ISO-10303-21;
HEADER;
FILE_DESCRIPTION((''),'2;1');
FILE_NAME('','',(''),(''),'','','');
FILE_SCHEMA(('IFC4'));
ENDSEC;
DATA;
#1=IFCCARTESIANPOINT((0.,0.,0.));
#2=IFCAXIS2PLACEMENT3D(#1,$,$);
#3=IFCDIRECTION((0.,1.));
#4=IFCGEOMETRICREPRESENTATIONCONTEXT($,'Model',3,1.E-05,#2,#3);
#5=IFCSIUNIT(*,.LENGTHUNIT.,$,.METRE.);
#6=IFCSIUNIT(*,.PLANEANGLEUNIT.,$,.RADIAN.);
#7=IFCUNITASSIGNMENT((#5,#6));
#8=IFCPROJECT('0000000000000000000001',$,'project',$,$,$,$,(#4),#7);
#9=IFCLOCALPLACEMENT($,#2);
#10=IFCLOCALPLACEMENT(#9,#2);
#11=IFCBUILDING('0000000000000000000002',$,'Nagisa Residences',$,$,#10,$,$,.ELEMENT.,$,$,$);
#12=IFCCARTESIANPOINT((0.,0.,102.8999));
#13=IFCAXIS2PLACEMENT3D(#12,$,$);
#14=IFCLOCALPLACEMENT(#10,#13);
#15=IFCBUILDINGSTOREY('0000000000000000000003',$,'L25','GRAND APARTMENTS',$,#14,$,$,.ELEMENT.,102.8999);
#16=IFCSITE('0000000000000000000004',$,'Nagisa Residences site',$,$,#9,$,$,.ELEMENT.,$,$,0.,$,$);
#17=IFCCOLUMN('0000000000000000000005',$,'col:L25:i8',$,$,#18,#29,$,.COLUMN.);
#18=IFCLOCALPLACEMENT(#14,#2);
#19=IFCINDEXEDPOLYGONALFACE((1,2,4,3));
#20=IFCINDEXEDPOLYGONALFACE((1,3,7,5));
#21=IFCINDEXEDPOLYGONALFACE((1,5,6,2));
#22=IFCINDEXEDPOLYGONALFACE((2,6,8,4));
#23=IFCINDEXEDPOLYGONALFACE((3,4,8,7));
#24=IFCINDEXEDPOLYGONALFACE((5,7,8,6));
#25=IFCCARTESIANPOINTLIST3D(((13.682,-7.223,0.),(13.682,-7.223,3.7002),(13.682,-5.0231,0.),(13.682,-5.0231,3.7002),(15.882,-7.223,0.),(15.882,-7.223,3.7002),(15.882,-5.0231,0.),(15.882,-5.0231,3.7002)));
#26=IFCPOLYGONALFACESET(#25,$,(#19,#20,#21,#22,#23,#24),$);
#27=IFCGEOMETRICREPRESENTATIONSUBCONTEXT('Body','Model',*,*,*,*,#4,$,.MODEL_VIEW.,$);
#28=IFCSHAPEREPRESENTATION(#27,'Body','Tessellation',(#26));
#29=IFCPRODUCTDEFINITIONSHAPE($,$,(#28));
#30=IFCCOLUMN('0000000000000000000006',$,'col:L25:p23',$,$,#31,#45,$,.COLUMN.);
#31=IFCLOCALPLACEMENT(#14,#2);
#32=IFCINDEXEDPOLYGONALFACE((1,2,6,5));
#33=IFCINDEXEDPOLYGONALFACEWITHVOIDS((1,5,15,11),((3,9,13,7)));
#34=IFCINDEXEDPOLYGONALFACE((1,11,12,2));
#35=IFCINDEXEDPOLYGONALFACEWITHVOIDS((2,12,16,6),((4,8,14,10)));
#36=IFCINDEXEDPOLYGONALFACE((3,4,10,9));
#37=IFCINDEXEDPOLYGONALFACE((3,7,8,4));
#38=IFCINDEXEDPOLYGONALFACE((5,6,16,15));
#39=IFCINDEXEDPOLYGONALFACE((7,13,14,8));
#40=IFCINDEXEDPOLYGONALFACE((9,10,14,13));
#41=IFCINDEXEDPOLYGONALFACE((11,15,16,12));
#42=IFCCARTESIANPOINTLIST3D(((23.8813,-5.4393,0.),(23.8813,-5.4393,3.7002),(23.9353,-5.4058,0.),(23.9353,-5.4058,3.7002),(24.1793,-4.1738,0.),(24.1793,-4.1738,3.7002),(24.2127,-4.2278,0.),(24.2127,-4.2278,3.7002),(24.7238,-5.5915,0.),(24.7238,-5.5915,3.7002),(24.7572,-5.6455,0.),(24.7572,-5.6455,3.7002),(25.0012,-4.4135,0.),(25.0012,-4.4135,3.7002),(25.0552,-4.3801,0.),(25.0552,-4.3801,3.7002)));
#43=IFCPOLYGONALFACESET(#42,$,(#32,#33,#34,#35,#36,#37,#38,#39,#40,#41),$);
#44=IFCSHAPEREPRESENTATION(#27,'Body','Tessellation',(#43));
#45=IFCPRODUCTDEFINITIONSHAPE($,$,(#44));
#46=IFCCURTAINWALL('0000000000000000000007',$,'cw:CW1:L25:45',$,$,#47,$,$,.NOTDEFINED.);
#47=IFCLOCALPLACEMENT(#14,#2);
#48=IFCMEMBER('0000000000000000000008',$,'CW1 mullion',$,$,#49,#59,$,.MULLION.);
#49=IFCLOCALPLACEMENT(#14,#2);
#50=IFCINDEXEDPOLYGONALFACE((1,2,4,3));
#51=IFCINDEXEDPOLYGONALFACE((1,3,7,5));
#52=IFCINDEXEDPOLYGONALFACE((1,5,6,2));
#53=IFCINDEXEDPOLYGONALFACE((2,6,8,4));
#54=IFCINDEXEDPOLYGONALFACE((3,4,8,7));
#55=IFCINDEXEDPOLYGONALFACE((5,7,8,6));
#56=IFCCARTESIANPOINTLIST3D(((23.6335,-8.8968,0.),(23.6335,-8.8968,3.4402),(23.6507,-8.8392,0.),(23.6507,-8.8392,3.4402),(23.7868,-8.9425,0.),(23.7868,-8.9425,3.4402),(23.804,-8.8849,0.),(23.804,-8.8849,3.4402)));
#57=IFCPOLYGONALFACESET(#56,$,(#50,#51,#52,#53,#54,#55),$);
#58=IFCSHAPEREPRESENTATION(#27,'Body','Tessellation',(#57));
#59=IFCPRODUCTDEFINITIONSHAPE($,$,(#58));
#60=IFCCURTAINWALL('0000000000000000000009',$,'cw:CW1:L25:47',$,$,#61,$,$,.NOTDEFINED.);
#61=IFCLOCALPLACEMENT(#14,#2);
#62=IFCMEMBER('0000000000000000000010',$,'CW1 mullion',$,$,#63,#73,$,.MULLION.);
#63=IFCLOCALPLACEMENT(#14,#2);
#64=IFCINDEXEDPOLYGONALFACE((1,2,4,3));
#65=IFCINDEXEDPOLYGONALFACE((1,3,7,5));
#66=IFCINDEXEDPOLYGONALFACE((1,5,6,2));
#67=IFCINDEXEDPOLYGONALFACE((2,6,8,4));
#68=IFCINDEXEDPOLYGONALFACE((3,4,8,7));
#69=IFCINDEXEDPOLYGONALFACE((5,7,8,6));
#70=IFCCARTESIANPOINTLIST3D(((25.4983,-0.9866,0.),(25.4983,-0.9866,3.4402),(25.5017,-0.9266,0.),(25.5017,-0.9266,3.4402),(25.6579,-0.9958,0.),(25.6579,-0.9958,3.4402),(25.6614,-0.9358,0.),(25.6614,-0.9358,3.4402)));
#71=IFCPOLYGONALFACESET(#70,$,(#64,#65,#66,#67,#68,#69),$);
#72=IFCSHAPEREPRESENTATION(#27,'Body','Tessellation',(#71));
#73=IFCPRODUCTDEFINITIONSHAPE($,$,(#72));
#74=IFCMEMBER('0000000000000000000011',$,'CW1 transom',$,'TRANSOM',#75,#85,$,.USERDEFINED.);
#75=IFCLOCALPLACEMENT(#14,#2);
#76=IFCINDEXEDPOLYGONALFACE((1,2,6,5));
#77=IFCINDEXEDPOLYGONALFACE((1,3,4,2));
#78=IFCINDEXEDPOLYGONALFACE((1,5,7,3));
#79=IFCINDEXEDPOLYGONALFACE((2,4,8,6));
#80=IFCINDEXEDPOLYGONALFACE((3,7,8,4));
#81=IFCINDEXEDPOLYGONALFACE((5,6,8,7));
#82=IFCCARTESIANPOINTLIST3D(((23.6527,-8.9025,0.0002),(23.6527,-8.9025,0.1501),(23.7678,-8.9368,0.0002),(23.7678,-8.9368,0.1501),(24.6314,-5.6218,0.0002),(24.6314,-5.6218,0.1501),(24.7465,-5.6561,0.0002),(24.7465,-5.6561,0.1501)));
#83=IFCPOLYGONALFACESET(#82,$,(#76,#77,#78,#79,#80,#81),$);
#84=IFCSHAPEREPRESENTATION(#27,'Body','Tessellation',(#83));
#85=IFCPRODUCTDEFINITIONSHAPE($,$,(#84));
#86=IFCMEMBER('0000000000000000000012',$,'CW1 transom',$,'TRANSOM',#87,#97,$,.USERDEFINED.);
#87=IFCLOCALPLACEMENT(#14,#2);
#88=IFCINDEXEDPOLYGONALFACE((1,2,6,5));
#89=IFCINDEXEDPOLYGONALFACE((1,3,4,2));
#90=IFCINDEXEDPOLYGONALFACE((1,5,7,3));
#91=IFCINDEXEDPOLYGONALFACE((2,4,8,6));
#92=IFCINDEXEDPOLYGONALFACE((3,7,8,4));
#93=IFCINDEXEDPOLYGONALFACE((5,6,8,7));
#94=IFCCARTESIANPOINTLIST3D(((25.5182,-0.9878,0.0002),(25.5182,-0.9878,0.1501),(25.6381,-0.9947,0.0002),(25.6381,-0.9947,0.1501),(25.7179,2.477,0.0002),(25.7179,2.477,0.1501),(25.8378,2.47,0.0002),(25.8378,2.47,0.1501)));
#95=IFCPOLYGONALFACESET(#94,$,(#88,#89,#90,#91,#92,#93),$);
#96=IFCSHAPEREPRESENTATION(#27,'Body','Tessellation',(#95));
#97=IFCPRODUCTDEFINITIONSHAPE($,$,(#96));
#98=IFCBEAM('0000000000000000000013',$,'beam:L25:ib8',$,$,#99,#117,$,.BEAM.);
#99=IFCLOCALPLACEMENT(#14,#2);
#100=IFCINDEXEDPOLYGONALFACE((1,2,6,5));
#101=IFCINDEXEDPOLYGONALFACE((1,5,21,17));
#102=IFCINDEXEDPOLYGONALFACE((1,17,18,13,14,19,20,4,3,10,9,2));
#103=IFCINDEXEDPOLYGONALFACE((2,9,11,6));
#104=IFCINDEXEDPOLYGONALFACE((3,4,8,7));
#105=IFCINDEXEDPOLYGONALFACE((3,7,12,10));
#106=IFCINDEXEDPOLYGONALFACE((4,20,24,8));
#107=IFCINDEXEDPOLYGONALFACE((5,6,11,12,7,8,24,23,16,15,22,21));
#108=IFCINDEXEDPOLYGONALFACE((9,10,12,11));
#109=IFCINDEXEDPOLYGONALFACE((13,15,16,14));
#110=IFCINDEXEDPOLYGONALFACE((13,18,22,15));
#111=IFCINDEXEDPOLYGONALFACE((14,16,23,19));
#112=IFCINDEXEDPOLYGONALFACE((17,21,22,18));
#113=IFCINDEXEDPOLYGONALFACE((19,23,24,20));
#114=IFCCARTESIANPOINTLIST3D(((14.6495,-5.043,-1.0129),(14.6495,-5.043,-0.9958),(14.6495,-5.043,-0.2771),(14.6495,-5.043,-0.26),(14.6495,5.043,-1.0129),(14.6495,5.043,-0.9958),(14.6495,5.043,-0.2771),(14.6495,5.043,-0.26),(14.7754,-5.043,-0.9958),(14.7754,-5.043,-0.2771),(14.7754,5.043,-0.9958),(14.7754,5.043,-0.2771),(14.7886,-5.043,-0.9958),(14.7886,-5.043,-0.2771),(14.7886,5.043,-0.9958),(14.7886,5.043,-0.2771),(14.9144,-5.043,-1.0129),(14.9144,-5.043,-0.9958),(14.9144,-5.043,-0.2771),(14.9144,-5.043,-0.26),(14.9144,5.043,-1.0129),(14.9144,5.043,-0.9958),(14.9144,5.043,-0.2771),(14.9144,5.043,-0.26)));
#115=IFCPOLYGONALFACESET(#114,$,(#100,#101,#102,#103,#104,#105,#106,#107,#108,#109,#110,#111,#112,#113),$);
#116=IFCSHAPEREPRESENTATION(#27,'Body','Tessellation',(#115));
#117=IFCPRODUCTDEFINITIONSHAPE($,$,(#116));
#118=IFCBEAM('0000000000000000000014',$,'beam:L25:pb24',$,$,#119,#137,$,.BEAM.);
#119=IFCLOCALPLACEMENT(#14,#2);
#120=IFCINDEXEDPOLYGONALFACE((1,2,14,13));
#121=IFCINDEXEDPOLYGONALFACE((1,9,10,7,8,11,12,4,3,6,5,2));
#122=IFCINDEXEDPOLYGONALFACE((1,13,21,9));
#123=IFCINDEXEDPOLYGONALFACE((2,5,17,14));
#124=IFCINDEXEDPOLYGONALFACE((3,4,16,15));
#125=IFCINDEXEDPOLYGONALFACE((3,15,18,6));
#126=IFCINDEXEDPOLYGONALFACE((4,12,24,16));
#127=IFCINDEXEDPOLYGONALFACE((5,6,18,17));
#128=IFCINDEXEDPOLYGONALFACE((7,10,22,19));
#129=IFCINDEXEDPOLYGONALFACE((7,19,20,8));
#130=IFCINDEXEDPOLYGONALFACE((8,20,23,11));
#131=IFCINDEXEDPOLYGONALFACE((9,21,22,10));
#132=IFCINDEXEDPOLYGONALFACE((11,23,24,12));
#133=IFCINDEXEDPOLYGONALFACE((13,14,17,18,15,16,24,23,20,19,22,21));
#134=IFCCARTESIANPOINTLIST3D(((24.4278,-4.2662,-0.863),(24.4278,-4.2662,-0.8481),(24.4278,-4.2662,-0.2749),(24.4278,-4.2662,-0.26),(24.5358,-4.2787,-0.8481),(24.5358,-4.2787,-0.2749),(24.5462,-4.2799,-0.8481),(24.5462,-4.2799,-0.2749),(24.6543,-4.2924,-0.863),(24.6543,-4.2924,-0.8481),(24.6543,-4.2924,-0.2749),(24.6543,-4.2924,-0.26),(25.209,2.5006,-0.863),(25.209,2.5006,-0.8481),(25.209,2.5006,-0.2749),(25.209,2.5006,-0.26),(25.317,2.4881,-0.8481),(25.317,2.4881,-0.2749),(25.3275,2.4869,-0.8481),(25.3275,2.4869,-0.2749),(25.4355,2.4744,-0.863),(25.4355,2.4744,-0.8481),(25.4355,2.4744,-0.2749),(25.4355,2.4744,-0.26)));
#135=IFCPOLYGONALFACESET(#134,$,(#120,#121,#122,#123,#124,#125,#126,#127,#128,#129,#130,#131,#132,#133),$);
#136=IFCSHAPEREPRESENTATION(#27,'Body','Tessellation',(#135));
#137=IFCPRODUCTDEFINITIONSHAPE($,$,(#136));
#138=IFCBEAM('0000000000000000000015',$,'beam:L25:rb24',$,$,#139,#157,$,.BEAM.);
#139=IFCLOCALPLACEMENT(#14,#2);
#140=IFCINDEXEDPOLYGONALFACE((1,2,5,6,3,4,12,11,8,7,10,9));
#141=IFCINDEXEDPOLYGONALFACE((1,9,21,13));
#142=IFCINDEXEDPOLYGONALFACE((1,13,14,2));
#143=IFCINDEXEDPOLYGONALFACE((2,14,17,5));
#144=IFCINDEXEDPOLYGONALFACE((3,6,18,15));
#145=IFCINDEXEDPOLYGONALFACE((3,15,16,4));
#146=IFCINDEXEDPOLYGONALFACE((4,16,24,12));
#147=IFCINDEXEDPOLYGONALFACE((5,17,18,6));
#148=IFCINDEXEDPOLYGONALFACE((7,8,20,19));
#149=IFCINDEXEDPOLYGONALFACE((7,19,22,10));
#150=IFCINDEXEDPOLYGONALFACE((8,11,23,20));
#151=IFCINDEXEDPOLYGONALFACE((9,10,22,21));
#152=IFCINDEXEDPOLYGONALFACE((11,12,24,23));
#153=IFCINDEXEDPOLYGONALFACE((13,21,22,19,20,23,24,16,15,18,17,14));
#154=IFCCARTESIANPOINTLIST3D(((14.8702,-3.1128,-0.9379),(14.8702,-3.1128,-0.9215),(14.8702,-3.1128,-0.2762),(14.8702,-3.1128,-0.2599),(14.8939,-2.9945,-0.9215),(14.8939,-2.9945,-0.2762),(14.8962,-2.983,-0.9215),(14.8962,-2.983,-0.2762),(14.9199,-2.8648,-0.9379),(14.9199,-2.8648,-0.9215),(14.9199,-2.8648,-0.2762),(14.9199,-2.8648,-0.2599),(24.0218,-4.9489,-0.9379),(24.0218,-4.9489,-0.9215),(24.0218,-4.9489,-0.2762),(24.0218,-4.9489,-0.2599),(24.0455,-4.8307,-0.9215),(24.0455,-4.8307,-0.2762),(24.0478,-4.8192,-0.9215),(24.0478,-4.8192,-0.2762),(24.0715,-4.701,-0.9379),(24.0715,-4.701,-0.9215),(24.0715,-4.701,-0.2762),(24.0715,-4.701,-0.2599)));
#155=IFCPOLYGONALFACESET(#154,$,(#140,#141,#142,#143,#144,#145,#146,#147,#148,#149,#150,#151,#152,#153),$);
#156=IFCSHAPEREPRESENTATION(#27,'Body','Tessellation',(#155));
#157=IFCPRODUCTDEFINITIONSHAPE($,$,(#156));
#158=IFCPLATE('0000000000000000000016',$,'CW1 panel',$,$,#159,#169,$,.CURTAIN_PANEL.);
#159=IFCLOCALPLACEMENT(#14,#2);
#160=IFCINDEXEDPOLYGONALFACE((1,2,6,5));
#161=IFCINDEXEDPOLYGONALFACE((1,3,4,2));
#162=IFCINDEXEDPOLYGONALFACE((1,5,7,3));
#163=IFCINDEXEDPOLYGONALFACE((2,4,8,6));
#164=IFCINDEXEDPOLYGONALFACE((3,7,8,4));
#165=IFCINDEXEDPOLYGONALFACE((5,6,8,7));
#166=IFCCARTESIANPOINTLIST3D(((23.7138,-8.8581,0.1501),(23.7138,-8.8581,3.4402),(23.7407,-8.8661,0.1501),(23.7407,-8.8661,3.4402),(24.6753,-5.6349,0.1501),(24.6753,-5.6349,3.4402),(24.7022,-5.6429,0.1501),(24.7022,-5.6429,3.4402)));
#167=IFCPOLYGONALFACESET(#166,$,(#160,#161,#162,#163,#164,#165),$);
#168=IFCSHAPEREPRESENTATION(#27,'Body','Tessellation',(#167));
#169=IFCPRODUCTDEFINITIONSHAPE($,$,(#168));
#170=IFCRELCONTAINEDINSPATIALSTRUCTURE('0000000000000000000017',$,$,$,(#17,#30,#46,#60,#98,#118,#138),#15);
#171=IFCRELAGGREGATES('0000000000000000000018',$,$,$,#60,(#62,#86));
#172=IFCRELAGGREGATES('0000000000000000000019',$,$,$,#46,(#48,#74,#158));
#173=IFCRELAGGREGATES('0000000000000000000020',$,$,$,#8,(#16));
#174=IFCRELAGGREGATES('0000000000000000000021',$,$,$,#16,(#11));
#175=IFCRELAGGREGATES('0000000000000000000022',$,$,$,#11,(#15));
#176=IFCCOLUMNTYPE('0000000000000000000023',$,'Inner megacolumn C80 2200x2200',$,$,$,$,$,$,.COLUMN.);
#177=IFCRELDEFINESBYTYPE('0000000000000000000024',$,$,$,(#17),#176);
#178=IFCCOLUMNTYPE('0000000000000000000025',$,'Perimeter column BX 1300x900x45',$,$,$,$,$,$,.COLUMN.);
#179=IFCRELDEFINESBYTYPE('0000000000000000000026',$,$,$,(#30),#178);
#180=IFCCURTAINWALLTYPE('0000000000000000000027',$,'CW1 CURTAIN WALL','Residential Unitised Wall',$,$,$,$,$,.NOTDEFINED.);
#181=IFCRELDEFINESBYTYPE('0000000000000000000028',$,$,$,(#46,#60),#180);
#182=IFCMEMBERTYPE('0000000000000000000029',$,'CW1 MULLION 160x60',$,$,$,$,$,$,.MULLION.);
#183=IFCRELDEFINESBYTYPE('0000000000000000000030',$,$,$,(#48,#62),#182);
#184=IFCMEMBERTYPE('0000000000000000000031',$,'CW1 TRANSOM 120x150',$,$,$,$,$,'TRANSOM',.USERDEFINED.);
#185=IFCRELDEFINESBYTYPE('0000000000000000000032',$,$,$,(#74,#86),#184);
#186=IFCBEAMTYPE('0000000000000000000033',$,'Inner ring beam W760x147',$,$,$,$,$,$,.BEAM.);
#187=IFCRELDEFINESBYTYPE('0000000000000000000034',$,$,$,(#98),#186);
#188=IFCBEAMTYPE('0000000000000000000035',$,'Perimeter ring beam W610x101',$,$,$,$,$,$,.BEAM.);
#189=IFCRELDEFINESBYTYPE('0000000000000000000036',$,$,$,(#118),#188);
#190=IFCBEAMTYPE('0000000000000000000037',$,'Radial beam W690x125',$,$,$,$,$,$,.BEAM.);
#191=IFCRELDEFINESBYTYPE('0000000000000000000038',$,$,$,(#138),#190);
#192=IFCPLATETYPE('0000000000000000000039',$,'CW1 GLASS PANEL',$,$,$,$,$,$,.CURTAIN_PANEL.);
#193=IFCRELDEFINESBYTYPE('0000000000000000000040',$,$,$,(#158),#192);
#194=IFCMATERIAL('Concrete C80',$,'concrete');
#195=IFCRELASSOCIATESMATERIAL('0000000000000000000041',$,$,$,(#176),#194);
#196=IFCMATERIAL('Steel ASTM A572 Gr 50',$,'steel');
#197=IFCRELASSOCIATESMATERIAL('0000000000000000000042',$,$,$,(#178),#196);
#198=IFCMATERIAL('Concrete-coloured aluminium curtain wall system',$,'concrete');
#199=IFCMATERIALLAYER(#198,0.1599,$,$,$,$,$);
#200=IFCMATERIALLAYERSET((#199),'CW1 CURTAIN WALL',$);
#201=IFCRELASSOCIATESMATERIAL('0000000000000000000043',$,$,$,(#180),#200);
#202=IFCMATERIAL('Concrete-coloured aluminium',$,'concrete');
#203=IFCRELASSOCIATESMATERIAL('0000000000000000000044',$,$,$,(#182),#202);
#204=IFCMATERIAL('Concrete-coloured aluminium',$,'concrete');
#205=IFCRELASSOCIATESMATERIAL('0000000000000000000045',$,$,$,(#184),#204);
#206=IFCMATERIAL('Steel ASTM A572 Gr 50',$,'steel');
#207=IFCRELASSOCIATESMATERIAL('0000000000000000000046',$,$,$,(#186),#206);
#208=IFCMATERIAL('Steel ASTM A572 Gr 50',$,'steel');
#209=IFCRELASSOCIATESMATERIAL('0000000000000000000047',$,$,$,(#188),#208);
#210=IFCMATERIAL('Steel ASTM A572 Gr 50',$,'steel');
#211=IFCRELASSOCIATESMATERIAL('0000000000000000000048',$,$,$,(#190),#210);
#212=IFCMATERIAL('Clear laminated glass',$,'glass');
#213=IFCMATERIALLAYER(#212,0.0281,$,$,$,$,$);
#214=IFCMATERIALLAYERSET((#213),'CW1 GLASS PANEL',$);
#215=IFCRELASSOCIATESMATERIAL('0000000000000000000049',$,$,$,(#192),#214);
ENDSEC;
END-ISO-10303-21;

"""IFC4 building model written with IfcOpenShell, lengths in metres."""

from ifc_helpers import new_model, si_unit, direction, frame, origin, origin_2d, place, context, subcontext, project, spatial, rectangle, hollow_rectangle, i_section, extrude, material, layer, layer_set, material_profile, profile_set, type_object, element, aggregate, save


model = new_model("IFC4")

# Units and contexts
model_context = context("Model", 3, precision=1e-05, world=origin(), true_north=direction((0.0, 1.0)))
body_context = subcontext(model_context, "Body", "Model", "MODEL_VIEW")
ifc_project = project(units=[si_unit("LENGTHUNIT", "METRE"), si_unit("PLANEANGLEUNIT", "RADIAN")], contexts=[model_context])

# Site, building, storey
site_placement = place(None, origin())
site = spatial("IfcSite", under=ifc_project, at=site_placement, Name="Nagisa Residences site", CompositionType="ELEMENT", RefElevation=0.0)
building_placement = place(site_placement, origin())
building = spatial("IfcBuilding", under=site, at=building_placement, Name="Nagisa Residences", CompositionType="ELEMENT")
storey_placement = place(building_placement, frame((0.0, 0.0, 102.8999)))
storey = spatial("IfcBuildingStorey", under=building, at=storey_placement, Name="L25", Description="GRAND APARTMENTS", CompositionType="ELEMENT", Elevation=102.8999)

# Columns
ifc_material_1 = material(Name="Concrete C80", Category="concrete")
ifc_material_profile_1 = material_profile(ifc_material_1, rectangle(XDim=2.2, YDim=2.2, at=origin_2d()), Name="C80 2200x2200")
ifc_profile_set_1 = profile_set([ifc_material_profile_1], Name="Concrete C80")
column_type_1 = type_object("IfcColumnType", Name="Inner megacolumn C80 2200x2200", PredefinedType="COLUMN", material=ifc_profile_set_1)
column_1_placement = place(storey_placement, frame((14.782, -6.123, 0.0), z_axis=(0.0, 0.0, 1.0), x_axis=(1.0, 0.0, 0.0)))
element("IfcColumn", 1, at=column_1_placement, inside=storey, type_object=column_type_1, Name="col:L25:i8", PredefinedType="COLUMN", context=body_context, shape_type="SweptSolid", body=[
    extrude(rectangle(XDim=2.2, YDim=2.2, at=origin_2d()), origin(), (0.0, 0.0, 1.0), 3.7002),
])
ifc_material_2 = material(Name="Steel ASTM A572 Gr 50", Category="steel")
ifc_material_profile_2 = material_profile(ifc_material_2, hollow_rectangle(XDim=1.3, YDim=0.8999, WallThickness=0.0449, at=origin_2d()), Name="BX 1300x900x45")
ifc_profile_set_2 = profile_set([ifc_material_profile_2], Name="Steel ASTM A572 Gr 50")
column_type_2 = type_object("IfcColumnType", Name="Perimeter column BX 1300x900x45", PredefinedType="COLUMN", material=ifc_profile_set_2)
column_2_placement = place(storey_placement, frame((24.4683, -4.9097, 0.0), z_axis=(0.0, 0.0, 1.0), x_axis=(0.229202, 0.973379, 0.0)))
element("IfcColumn", 2, at=column_2_placement, inside=storey, type_object=column_type_2, Name="col:L25:p23", PredefinedType="COLUMN", context=body_context, shape_type="SweptSolid", body=[
    extrude(hollow_rectangle(XDim=1.3, YDim=0.8999, WallThickness=0.0449, at=origin_2d()), origin(), (0.0, 0.0, 1.0), 3.7002),
])

# Curtain walls, members
ifc_material_3 = material(Name="Concrete-coloured aluminium curtain wall system", Category="concrete")
ifc_layer_1 = layer(ifc_material_3, 0.1599)
ifc_layer_set_1 = layer_set([ifc_layer_1], Name="CW1 CURTAIN WALL")
curtain_wall_type = type_object("IfcCurtainWallType", Name="CW1 CURTAIN WALL", Description="Residential Unitised Wall", PredefinedType="NOTDEFINED", material=ifc_layer_set_1)
curtain_wall_1_placement = place(storey_placement, origin())
curtain_wall_1 = element("IfcCurtainWall", 3, at=curtain_wall_1_placement, inside=storey, type_object=curtain_wall_type, Name="cw:CW1:L25:45", PredefinedType="NOTDEFINED")
ifc_material_4 = material(Name="Concrete-coloured aluminium", Category="concrete")
ifc_material_profile_3 = material_profile(ifc_material_4, rectangle(XDim=0.1599, YDim=0.0601, at=origin_2d()), Name="CW1 MULLION 160x60")
ifc_profile_set_3 = profile_set([ifc_material_profile_3], Name="Concrete-coloured aluminium")
member_type_1 = type_object("IfcMemberType", Name="CW1 MULLION 160x60", PredefinedType="MULLION", material=ifc_profile_set_3)
member_1_placement = place(storey_placement, frame((23.7188, -8.8909, 0.0), z_axis=(0.0, 0.0, 1.0), x_axis=(-0.958271, 0.28586, 0.0)))
member_1 = element("IfcMember", 4, at=member_1_placement, type_object=member_type_1, Name="CW1 mullion", PredefinedType="MULLION", context=body_context, shape_type="SweptSolid", body=[
    extrude(rectangle(XDim=0.1599, YDim=0.0601, at=origin_2d()), origin(), (0.0, 0.0, 1.0), 3.4402),
])
curtain_wall_2_placement = place(storey_placement, origin())
curtain_wall_2 = element("IfcCurtainWall", 5, at=curtain_wall_2_placement, inside=storey, type_object=curtain_wall_type, Name="cw:CW1:L25:47", PredefinedType="NOTDEFINED")
member_2_placement = place(storey_placement, frame((25.5798, -0.9612, 0.0), z_axis=(0.0, 0.0, 1.0), x_axis=(-0.998345, 0.057503, 0.0)))
member_2 = element("IfcMember", 6, at=member_2_placement, type_object=member_type_1, Name="CW1 mullion", PredefinedType="MULLION", context=body_context, shape_type="SweptSolid", body=[
    extrude(rectangle(XDim=0.1599, YDim=0.0601, at=origin_2d()), origin(), (0.0, 0.0, 1.0), 3.4402),
])

# Members
ifc_material_5 = material(Name="Concrete-coloured aluminium", Category="concrete")
ifc_material_profile_4 = material_profile(ifc_material_5, rectangle(XDim=0.1201, YDim=0.1499, at=origin_2d()), Name="CW1 TRANSOM 120x150")
ifc_profile_set_4 = profile_set([ifc_material_profile_4], Name="Concrete-coloured aluminium")
member_type_2 = type_object("IfcMemberType", Name="CW1 TRANSOM 120x150", ElementType="TRANSOM", PredefinedType="USERDEFINED", material=ifc_profile_set_4)
member_3_placement = place(storey_placement, frame((23.7102, -8.9197, 0.0752), z_axis=(0.285882, 0.958265, 0.0), x_axis=(-0.958265, 0.285882, 0.0)))
member_3 = element("IfcMember", 7, at=member_3_placement, type_object=member_type_2, Name="CW1 transom", ObjectType="TRANSOM", PredefinedType="USERDEFINED", context=body_context, shape_type="SweptSolid", body=[
    extrude(rectangle(XDim=0.1201, YDim=0.1499, at=origin_2d()), origin(), (0.0, 0.0, 1.0), 3.4236),
])
member_4_placement = place(storey_placement, frame((25.5781, -0.9912, 0.0752), z_axis=(0.057547, 0.998343, 0.0), x_axis=(-0.998343, 0.057547, 0.0)))
member_4 = element("IfcMember", 8, at=member_4_placement, type_object=member_type_2, Name="CW1 transom", ObjectType="TRANSOM", PredefinedType="USERDEFINED", context=body_context, shape_type="SweptSolid", body=[
    extrude(rectangle(XDim=0.1201, YDim=0.1499, at=origin_2d()), origin(), (0.0, 0.0, 1.0), 3.4705),
])
aggregate(curtain_wall_2, [member_2, member_4])

# Beams
ifc_material_6 = material(Name="Steel ASTM A572 Gr 50", Category="steel")
ifc_material_profile_5 = material_profile(ifc_material_6, i_section(OverallWidth=0.2649, OverallDepth=0.7529, WebThickness=0.0132, FlangeThickness=0.0171, at=origin_2d()), Name="W760x147")
ifc_profile_set_5 = profile_set([ifc_material_profile_5], Name="Steel ASTM A572 Gr 50")
beam_type_1 = type_object("IfcBeamType", Name="Inner ring beam W760x147", PredefinedType="BEAM", material=ifc_profile_set_5)
beam_1_placement = place(storey_placement, frame((14.782, -5.043, -0.6365), z_axis=(0.0, 1.0, 0.0), x_axis=(-1.0, 0.0, 0.0)))
element("IfcBeam", 9, at=beam_1_placement, inside=storey, type_object=beam_type_1, Name="beam:L25:ib8", PredefinedType="BEAM", context=body_context, shape_type="SweptSolid", body=[
    extrude(i_section(OverallWidth=0.2649, OverallDepth=0.7529, WebThickness=0.0132, FlangeThickness=0.0171, at=origin_2d()), origin(), (0.0, 0.0, 1.0), 10.0859),
])
ifc_material_7 = material(Name="Steel ASTM A572 Gr 50", Category="steel")
ifc_material_profile_6 = material_profile(ifc_material_7, i_section(OverallWidth=0.228, OverallDepth=0.603, WebThickness=0.0105, FlangeThickness=0.0149, at=origin_2d()), Name="W610x101")
ifc_profile_set_6 = profile_set([ifc_material_profile_6], Name="Steel ASTM A572 Gr 50")
beam_type_2 = type_object("IfcBeamType", Name="Perimeter ring beam W610x101", PredefinedType="BEAM", material=ifc_profile_set_6)
beam_2_placement = place(storey_placement, frame((24.541, -4.2793, -0.5615), z_axis=(0.114691, 0.993401, 0.0), x_axis=(-0.993401, 0.114691, 0.0)))
element("IfcBeam", 10, at=beam_2_placement, inside=storey, type_object=beam_type_2, Name="beam:L25:pb24", PredefinedType="BEAM", context=body_context, shape_type="SweptSolid", body=[
    extrude(i_section(OverallWidth=0.228, OverallDepth=0.603, WebThickness=0.0105, FlangeThickness=0.0149, at=origin_2d()), origin(), (0.0, 0.0, 1.0), 6.8118),
])
ifc_material_8 = material(Name="Steel ASTM A572 Gr 50", Category="steel")
ifc_material_profile_7 = material_profile(ifc_material_8, i_section(OverallWidth=0.2529, OverallDepth=0.678, WebThickness=0.0117, FlangeThickness=0.0164, at=origin_2d()), Name="W690x125")
ifc_profile_set_7 = profile_set([ifc_material_profile_7], Name="Steel ASTM A572 Gr 50")
beam_type_3 = type_object("IfcBeamType", Name="Radial beam W690x125", PredefinedType="BEAM", material=ifc_profile_set_7)
beam_3_placement = place(storey_placement, frame((24.0466, -4.825, -0.5989), z_axis=(-0.98046, 0.19672, 0.0), x_axis=(-0.19672, -0.98046, 0.0)))
element("IfcBeam", 11, at=beam_3_placement, inside=storey, type_object=beam_type_3, Name="beam:L25:rb24", PredefinedType="BEAM", context=body_context, shape_type="SweptSolid", body=[
    extrude(i_section(OverallWidth=0.2529, OverallDepth=0.678, WebThickness=0.0117, FlangeThickness=0.0164, at=origin_2d()), origin(), (0.0, 0.0, 1.0), 9.334),
])

# Plate
ifc_material_9 = material(Name="Clear laminated glass", Category="glass")
ifc_layer_2 = layer(ifc_material_9, 0.0281)
ifc_layer_set_2 = layer_set([ifc_layer_2], Name="CW1 GLASS PANEL")
plate_type = type_object("IfcPlateType", Name="CW1 GLASS PANEL", PredefinedType="CURTAIN_PANEL", material=ifc_layer_set_2)
plate_placement = place(storey_placement, frame((24.208, -7.2505, 0.1501), z_axis=(0.0, 0.0, 1.0), x_axis=(0.28586, 0.958271, 0.0)))
plate = element("IfcPlate", 12, at=plate_placement, type_object=plate_type, Name="CW1 panel", PredefinedType="CURTAIN_PANEL", context=body_context, shape_type="SweptSolid", body=[
    extrude(rectangle(XDim=3.3635, YDim=0.0281, at=origin_2d()), origin(), (0.0, 0.0, 1.0), 3.29),
])
aggregate(curtain_wall_1, [member_1, member_3, plate])

save(model, "model.ifc")
